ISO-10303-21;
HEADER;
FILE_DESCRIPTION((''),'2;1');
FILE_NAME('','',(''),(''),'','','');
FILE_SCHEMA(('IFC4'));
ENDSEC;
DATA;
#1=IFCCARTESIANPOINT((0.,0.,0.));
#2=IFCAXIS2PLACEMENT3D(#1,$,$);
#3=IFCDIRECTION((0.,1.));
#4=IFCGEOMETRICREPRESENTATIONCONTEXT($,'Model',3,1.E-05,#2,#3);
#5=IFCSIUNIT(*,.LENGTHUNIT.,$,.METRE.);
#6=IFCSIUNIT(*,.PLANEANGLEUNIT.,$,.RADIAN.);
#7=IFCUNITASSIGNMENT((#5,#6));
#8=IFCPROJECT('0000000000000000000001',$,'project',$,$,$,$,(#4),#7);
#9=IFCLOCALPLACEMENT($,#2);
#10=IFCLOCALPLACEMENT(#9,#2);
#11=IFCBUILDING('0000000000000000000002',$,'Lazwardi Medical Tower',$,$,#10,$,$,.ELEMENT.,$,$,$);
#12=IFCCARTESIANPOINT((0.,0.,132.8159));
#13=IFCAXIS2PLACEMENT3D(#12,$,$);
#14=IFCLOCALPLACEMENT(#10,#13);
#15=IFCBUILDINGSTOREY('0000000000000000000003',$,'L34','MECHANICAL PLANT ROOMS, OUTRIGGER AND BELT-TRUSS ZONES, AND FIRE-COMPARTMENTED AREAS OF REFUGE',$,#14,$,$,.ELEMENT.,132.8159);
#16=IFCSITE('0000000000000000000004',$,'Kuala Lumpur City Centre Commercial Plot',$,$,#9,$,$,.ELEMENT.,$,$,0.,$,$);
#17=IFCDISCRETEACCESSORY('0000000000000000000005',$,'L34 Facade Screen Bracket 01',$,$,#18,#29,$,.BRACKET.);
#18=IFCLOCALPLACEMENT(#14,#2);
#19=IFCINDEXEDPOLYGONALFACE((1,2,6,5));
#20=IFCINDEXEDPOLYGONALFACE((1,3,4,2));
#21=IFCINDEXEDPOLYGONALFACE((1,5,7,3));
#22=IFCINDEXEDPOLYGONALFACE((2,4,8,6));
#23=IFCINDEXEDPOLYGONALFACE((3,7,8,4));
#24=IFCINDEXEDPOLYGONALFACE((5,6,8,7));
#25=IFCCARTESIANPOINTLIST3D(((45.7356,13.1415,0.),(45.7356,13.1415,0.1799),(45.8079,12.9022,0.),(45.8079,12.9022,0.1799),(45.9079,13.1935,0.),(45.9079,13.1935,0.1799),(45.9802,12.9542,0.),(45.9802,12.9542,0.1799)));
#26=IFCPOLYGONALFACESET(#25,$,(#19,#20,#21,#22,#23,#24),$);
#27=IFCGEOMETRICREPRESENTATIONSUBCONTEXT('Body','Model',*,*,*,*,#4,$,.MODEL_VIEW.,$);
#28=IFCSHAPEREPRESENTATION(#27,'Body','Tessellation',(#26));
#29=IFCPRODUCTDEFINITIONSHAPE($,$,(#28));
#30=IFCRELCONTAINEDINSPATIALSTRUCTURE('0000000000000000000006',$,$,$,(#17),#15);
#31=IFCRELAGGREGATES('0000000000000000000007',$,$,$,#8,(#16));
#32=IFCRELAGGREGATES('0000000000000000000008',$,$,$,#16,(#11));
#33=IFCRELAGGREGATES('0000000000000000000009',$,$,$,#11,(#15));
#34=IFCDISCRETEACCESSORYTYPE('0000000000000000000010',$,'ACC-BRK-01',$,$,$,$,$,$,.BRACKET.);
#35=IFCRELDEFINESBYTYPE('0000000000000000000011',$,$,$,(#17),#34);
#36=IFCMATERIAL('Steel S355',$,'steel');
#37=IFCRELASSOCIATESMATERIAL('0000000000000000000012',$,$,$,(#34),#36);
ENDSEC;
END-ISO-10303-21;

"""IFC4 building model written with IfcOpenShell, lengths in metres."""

from ifc_helpers import new_model, si_unit, direction, frame, origin, origin_2d, place, context, subcontext, project, spatial, rectangle, extrude, material, type_object, element, save


model = new_model("IFC4")

# Units and contexts
model_context = context("Model", 3, precision=1e-05, world=origin(), true_north=direction((0.0, 1.0)))
body_context = subcontext(model_context, "Body", "Model", "MODEL_VIEW")
ifc_project = project(units=[si_unit("LENGTHUNIT", "METRE"), si_unit("PLANEANGLEUNIT", "RADIAN")], contexts=[model_context])

# Site, building, storey
site_placement = place(None, origin())
site = spatial("IfcSite", under=ifc_project, at=site_placement, Name="Kuala Lumpur City Centre Commercial Plot", CompositionType="ELEMENT", RefElevation=0.0)
building_placement = place(site_placement, origin())
building = spatial("IfcBuilding", under=site, at=building_placement, Name="Lazwardi Medical Tower", CompositionType="ELEMENT")
storey_placement = place(building_placement, frame((0.0, 0.0, 132.8159)))
storey = spatial("IfcBuildingStorey", under=building, at=storey_placement, Name="L34", Description="MECHANICAL PLANT ROOMS, OUTRIGGER AND BELT-TRUSS ZONES, AND FIRE-COMPARTMENTED AREAS OF REFUGE", CompositionType="ELEMENT", Elevation=132.8159)

# Shared definitions
ifc_material_1 = material(Name="Steel S355", Category="steel")

# Discrete accessory
discrete_accessory_type = type_object("IfcDiscreteAccessoryType", Name="ACC-BRK-01", PredefinedType="BRACKET", material=ifc_material_1)
discrete_accessory_placement = place(storey_placement, frame((45.8579, 13.0479, 0.0), z_axis=(0.0, 0.0, 1.0), x_axis=(0.957299, 0.289099, 0.0)))
element("IfcDiscreteAccessory", 1, at=discrete_accessory_placement, inside=storey, type_object=discrete_accessory_type, Name="L34 Facade Screen Bracket 01", PredefinedType="BRACKET", context=body_context, shape_type="SweptSolid", body=[
    extrude(rectangle(XDim=0.1799, YDim=0.25, at=origin_2d()), origin(), (0.0, 0.0, 1.0), 0.1799),
])

save(model, "model.ifc")
